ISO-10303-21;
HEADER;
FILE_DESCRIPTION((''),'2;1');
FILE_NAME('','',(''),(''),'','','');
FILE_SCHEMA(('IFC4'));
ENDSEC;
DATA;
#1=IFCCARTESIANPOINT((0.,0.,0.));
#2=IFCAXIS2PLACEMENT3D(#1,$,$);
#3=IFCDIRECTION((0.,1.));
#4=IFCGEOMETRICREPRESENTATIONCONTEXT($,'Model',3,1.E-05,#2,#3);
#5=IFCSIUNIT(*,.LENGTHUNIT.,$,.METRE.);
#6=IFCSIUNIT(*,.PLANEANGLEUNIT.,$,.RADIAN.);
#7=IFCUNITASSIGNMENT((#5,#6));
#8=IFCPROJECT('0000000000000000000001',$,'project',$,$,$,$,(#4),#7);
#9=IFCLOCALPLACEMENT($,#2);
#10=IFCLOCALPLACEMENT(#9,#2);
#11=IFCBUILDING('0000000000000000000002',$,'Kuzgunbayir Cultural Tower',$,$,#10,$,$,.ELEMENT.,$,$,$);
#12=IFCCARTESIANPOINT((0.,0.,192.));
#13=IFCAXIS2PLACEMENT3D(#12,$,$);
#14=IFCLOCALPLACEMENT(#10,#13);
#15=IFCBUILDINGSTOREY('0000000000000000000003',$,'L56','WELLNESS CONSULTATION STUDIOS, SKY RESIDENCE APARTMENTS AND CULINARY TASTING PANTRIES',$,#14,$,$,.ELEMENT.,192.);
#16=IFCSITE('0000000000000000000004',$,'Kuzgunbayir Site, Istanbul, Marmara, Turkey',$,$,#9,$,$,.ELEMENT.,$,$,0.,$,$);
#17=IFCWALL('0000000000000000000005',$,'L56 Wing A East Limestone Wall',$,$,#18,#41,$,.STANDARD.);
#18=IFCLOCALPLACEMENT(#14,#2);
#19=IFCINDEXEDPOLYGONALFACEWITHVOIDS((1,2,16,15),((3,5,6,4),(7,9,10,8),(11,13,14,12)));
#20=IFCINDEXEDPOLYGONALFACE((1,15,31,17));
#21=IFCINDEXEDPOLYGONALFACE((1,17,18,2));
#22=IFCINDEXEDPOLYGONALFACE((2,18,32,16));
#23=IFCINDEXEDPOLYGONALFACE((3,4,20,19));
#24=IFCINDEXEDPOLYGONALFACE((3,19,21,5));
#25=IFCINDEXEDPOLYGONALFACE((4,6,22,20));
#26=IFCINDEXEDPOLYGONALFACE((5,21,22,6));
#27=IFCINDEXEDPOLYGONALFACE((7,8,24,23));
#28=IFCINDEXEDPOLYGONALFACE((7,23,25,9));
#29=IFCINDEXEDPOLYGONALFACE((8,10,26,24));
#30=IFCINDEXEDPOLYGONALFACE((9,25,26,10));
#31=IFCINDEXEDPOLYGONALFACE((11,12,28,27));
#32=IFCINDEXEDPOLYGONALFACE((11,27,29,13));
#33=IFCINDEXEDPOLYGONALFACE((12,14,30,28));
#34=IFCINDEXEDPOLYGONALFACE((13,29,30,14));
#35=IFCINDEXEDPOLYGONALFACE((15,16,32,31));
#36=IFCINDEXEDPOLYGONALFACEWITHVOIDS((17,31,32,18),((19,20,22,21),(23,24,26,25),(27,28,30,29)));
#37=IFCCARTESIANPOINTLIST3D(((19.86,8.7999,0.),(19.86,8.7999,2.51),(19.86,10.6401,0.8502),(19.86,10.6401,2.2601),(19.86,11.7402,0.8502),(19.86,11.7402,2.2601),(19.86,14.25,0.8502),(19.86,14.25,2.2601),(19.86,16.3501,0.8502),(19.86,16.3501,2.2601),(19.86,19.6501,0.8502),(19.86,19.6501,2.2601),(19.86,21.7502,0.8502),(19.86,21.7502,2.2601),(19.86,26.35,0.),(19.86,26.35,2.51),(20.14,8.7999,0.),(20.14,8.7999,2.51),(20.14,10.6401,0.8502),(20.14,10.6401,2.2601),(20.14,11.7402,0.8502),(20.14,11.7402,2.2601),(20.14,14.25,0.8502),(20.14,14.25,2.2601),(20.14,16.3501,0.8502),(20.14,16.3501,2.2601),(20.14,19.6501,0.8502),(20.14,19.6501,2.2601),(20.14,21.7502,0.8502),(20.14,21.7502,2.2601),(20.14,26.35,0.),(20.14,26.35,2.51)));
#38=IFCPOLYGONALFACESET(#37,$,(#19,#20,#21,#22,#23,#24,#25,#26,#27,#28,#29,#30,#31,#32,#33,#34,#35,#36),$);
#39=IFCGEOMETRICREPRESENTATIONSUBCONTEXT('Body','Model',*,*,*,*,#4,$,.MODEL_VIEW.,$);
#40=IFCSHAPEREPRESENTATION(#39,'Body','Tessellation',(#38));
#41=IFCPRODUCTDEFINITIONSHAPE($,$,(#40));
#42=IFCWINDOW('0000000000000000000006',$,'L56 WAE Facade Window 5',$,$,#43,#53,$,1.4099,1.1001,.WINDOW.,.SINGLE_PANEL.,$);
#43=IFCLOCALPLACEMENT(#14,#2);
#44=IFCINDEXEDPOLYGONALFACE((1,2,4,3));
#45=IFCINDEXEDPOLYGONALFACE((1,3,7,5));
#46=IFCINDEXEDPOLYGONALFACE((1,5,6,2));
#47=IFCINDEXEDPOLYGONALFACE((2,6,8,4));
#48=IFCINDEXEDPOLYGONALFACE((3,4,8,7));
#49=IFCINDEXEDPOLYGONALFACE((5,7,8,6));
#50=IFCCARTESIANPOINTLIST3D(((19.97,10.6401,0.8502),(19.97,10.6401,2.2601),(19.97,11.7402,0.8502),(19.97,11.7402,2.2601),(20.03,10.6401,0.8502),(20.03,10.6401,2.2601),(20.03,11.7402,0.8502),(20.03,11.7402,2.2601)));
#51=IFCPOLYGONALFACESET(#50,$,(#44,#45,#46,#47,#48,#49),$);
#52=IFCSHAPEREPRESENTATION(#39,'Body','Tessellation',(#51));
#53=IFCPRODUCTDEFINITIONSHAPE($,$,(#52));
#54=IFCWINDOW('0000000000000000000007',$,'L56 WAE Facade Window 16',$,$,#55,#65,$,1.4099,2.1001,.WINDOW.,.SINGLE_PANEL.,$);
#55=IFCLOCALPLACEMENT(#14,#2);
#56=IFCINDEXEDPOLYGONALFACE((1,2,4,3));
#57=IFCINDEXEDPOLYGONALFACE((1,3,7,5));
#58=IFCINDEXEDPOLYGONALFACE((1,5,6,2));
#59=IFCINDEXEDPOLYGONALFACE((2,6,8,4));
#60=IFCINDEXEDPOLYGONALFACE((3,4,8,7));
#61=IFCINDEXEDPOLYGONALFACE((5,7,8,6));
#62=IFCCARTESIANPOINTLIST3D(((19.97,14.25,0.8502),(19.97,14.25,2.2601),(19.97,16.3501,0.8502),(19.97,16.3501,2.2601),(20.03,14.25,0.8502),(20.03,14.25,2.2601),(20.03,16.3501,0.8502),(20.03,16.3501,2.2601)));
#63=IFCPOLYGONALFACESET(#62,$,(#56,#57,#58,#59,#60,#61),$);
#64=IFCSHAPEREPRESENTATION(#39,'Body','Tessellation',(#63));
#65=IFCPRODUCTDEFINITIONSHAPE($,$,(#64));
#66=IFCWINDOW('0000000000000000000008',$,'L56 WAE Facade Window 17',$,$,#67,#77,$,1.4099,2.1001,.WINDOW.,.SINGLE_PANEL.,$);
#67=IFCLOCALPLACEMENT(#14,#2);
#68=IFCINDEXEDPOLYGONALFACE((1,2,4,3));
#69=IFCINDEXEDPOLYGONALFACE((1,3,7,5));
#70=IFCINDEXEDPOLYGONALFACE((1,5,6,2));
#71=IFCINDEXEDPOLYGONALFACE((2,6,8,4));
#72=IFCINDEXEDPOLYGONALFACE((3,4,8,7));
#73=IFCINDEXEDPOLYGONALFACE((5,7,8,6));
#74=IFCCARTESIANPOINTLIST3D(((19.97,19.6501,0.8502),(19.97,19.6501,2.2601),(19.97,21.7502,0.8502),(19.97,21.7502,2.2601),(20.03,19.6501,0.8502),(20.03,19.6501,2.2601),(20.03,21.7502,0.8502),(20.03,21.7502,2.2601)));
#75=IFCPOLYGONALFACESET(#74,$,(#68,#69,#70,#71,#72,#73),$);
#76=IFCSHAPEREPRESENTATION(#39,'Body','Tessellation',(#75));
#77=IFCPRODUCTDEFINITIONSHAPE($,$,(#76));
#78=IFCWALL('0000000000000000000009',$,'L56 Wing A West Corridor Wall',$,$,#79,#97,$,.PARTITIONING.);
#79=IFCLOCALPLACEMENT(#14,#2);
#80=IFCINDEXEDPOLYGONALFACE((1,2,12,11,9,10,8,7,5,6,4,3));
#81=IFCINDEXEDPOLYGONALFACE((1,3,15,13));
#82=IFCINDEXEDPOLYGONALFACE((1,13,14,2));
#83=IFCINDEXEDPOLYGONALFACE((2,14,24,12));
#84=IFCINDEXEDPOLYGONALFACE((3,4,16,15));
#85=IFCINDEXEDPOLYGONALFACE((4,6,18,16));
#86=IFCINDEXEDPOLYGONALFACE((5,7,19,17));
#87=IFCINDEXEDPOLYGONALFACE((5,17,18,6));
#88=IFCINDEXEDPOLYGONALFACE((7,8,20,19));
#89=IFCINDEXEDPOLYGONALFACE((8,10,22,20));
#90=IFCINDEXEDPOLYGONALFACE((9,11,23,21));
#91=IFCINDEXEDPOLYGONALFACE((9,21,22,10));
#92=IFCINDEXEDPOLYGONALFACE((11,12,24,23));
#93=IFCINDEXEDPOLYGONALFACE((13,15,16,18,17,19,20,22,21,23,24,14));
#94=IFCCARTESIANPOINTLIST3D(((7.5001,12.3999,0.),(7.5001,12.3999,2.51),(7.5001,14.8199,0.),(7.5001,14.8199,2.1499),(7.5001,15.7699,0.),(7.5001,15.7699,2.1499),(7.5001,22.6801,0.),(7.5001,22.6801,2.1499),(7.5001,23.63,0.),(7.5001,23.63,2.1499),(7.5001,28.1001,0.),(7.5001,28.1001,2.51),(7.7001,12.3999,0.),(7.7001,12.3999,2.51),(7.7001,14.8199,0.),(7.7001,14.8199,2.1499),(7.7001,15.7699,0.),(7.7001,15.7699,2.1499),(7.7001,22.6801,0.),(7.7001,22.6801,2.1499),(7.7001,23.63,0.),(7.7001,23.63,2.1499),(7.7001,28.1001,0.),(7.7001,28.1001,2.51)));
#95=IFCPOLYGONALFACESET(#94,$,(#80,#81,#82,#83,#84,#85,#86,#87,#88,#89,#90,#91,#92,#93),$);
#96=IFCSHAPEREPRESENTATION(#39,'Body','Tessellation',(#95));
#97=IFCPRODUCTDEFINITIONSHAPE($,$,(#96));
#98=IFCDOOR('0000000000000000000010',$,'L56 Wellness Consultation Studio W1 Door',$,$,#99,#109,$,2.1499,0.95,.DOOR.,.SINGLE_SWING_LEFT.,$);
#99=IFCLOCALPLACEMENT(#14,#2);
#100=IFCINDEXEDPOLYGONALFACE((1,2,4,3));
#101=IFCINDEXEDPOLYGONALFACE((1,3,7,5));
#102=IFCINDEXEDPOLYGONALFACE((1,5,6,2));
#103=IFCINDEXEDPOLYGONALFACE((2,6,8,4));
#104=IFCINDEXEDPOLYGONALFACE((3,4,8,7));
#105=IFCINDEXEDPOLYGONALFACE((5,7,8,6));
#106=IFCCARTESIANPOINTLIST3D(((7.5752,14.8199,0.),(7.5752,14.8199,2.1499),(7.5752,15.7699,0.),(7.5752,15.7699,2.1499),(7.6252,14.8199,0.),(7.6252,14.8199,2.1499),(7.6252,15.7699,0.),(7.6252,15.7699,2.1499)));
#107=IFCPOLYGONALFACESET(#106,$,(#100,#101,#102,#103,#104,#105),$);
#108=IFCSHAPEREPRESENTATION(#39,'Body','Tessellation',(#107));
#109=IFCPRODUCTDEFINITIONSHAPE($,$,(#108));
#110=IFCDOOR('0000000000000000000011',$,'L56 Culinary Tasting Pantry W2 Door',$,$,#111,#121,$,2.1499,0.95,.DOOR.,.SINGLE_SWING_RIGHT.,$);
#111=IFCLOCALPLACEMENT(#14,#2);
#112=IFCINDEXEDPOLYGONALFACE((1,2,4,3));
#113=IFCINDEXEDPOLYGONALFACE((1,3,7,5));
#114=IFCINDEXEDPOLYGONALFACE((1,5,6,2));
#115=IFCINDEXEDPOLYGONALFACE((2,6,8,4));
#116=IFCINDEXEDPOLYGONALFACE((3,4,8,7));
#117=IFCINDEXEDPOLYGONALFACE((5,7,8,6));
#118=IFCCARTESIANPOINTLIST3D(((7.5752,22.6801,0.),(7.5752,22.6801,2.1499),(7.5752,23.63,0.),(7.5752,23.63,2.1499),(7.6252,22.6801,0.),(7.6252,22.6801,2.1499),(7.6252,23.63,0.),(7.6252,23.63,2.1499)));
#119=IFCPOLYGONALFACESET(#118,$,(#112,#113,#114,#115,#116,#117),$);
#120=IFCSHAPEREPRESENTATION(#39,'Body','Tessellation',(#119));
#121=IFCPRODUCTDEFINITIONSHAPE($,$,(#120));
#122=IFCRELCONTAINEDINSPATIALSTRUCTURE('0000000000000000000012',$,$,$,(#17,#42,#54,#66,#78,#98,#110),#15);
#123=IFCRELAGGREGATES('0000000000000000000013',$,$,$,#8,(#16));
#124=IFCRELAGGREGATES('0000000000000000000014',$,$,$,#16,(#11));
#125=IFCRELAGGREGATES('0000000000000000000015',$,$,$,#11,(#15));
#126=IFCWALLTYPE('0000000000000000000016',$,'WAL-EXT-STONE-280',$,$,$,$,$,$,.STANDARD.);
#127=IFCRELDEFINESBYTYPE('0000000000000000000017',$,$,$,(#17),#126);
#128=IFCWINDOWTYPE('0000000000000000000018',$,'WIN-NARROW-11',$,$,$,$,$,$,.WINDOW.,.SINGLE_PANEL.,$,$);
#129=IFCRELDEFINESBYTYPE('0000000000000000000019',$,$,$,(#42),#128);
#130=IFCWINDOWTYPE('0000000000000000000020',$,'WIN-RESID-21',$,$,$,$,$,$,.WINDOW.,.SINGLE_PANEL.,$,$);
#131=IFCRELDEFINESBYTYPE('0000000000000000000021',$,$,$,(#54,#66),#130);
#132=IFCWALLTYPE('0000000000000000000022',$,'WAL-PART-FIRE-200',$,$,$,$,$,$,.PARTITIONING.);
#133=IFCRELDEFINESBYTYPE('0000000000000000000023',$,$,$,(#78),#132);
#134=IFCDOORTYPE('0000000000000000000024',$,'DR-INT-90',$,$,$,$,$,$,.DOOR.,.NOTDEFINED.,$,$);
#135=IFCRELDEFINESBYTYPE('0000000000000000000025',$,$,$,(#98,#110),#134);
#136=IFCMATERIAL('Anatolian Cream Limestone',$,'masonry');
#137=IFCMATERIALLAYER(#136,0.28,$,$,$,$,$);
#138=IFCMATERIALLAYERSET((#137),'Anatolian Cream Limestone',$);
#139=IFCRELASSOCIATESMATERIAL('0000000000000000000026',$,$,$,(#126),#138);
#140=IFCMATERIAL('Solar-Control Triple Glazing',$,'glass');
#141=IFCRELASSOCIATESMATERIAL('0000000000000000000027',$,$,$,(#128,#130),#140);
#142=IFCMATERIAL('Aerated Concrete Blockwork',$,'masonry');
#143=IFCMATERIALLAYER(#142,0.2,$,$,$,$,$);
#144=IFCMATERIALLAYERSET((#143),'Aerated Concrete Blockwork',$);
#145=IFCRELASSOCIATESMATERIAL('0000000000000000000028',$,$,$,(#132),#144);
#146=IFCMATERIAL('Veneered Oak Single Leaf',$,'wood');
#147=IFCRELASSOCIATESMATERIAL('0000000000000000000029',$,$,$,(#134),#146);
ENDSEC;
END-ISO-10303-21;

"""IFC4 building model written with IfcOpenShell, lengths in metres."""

from ifc_helpers import new_model, si_unit, direction, frame, frame_2d, origin, place, context, subcontext, project, spatial, rectangle, extrude, material, layer, layer_set, type_object, element, fill, save


model = new_model("IFC4")

# Units and contexts
model_context = context("Model", 3, precision=1e-05, world=origin(), true_north=direction((0.0, 1.0)))
body_context = subcontext(model_context, "Body", "Model", "MODEL_VIEW")
ifc_project = project(units=[si_unit("LENGTHUNIT", "METRE"), si_unit("PLANEANGLEUNIT", "RADIAN")], contexts=[model_context])

# Site, building, storey
site_placement = place(None, origin())
site = spatial("IfcSite", under=ifc_project, at=site_placement, Name="Kuzgunbayir Site, Istanbul, Marmara, Turkey", CompositionType="ELEMENT", RefElevation=0.0)
building_placement = place(site_placement, origin())
building = spatial("IfcBuilding", under=site, at=building_placement, Name="Kuzgunbayir Cultural Tower", CompositionType="ELEMENT")
storey_placement = place(building_placement, frame((0.0, 0.0, 192.0)))
storey = spatial("IfcBuildingStorey", under=building, at=storey_placement, Name="L56", Description="WELLNESS CONSULTATION STUDIOS, SKY RESIDENCE APARTMENTS AND CULINARY TASTING PANTRIES", CompositionType="ELEMENT", Elevation=192.0)

# Wall, openings, windows
ifc_material_1 = material(Name="Anatolian Cream Limestone", Category="masonry")
ifc_layer_1 = layer(ifc_material_1, 0.28)
ifc_layer_set_1 = layer_set([ifc_layer_1], Name="Anatolian Cream Limestone")
wall_type_1 = type_object("IfcWallType", Name="WAL-EXT-STONE-280", PredefinedType="STANDARD", material=ifc_layer_set_1)
wall_1_placement = place(storey_placement, frame((20.0, 8.8, 0.0), z_axis=(0.0, 0.0, 1.0), x_axis=(0.0, 1.0, 0.0)))
wall_1 = element("IfcWall", 1, at=wall_1_placement, inside=storey, type_object=wall_type_1, Name="L56 Wing A East Limestone Wall", PredefinedType="STANDARD", context=body_context, shape_type="SweptSolid", body=[
    extrude(rectangle(XDim=17.55, YDim=0.28, at=frame_2d((8.7749, 0.0))), origin(), (0.0, 0.0, 1.0), 2.51),
])
opening_1_placement = place(wall_1_placement, frame((1.8401, 0.0, 0.8501)))
opening_1 = element("IfcOpeningElement", 2, at=opening_1_placement, cuts=wall_1, PredefinedType="OPENING", context=body_context, shape_type="SweptSolid", body=[
    extrude(rectangle(XDim=1.1001, YDim=1.4099, at=frame_2d((0.55, 0.7051))), frame((0.0, 0.1499, 0.0), z_axis=(0.0, -1.0, 0.0), x_axis=(1.0, 0.0, 0.0)), (0.0, 0.0, 1.0), 0.3),
])
opening_2_placement = place(wall_1_placement, frame((5.45, 0.0, 0.8501)))
opening_2 = element("IfcOpeningElement", 3, at=opening_2_placement, cuts=wall_1, PredefinedType="OPENING", context=body_context, shape_type="SweptSolid", body=[
    extrude(rectangle(XDim=2.1001, YDim=1.4099, at=frame_2d((1.05, 0.7051))), frame((0.0, 0.1499, 0.0), z_axis=(0.0, -1.0, 0.0), x_axis=(1.0, 0.0, 0.0)), (0.0, 0.0, 1.0), 0.3),
])
opening_3_placement = place(wall_1_placement, frame((10.8501, 0.0, 0.8501)))
opening_3 = element("IfcOpeningElement", 4, at=opening_3_placement, cuts=wall_1, PredefinedType="OPENING", context=body_context, shape_type="SweptSolid", body=[
    extrude(rectangle(XDim=2.1001, YDim=1.4099, at=frame_2d((1.05, 0.7051))), frame((0.0, 0.1499, 0.0), z_axis=(0.0, -1.0, 0.0), x_axis=(1.0, 0.0, 0.0)), (0.0, 0.0, 1.0), 0.3),
])
ifc_material_2 = material(Name="Solar-Control Triple Glazing", Category="glass")
window_type_1 = type_object("IfcWindowType", Name="WIN-NARROW-11", PartitioningType="SINGLE_PANEL", PredefinedType="WINDOW", material=ifc_material_2)
window_1_placement = place(opening_1_placement, origin())
window_1 = element("IfcWindow", 5, at=window_1_placement, inside=storey, type_object=window_type_1, Name="L56 WAE Facade Window 5", OverallHeight=1.4099, OverallWidth=1.1001, PartitioningType="SINGLE_PANEL", PredefinedType="WINDOW", context=body_context, shape_type="SweptSolid", body=[
    extrude(rectangle(XDim=1.1001, YDim=1.4099, at=frame_2d((0.55, 0.7051))), frame((0.0, 0.03, 0.0), z_axis=(0.0, -1.0, 0.0), x_axis=(1.0, 0.0, 0.0)), (0.0, 0.0, 1.0), 0.0601),
])
fill(opening_1, window_1)
window_type_2 = type_object("IfcWindowType", Name="WIN-RESID-21", PartitioningType="SINGLE_PANEL", PredefinedType="WINDOW", material=ifc_material_2)
window_2_placement = place(opening_2_placement, origin())
window_2 = element("IfcWindow", 6, at=window_2_placement, inside=storey, type_object=window_type_2, Name="L56 WAE Facade Window 16", OverallHeight=1.4099, OverallWidth=2.1001, PartitioningType="SINGLE_PANEL", PredefinedType="WINDOW", context=body_context, shape_type="SweptSolid", body=[
    extrude(rectangle(XDim=2.1001, YDim=1.4099, at=frame_2d((1.05, 0.7051))), frame((0.0, 0.03, 0.0), z_axis=(0.0, -1.0, 0.0), x_axis=(1.0, 0.0, 0.0)), (0.0, 0.0, 1.0), 0.0601),
])
fill(opening_2, window_2)
window_3_placement = place(opening_3_placement, origin())
window_3 = element("IfcWindow", 7, at=window_3_placement, inside=storey, type_object=window_type_2, Name="L56 WAE Facade Window 17", OverallHeight=1.4099, OverallWidth=2.1001, PartitioningType="SINGLE_PANEL", PredefinedType="WINDOW", context=body_context, shape_type="SweptSolid", body=[
    extrude(rectangle(XDim=2.1001, YDim=1.4099, at=frame_2d((1.05, 0.7051))), frame((0.0, 0.03, 0.0), z_axis=(0.0, -1.0, 0.0), x_axis=(1.0, 0.0, 0.0)), (0.0, 0.0, 1.0), 0.0601),
])
fill(opening_3, window_3)

# Wall, openings, doors
ifc_material_3 = material(Name="Aerated Concrete Blockwork", Category="masonry")
ifc_layer_2 = layer(ifc_material_3, 0.2)
ifc_layer_set_2 = layer_set([ifc_layer_2], Name="Aerated Concrete Blockwork")
wall_type_2 = type_object("IfcWallType", Name="WAL-PART-FIRE-200", PredefinedType="PARTITIONING", material=ifc_layer_set_2)
wall_2_placement = place(storey_placement, frame((7.6001, 12.3999, 0.0), z_axis=(0.0, 0.0, 1.0), x_axis=(0.0, 1.0, 0.0)))
wall_2 = element("IfcWall", 8, at=wall_2_placement, inside=storey, type_object=wall_type_2, Name="L56 Wing A West Corridor Wall", PredefinedType="PARTITIONING", context=body_context, shape_type="SweptSolid", body=[
    extrude(rectangle(XDim=15.7002, YDim=0.2, at=frame_2d((7.8501, 0.0))), origin(), (0.0, 0.0, 1.0), 2.51),
])
opening_4_placement = place(wall_2_placement, frame((2.4199, 0.0, 0.0)))
opening_4 = element("IfcOpeningElement", 9, at=opening_4_placement, cuts=wall_2, PredefinedType="OPENING", context=body_context, shape_type="SweptSolid", body=[
    extrude(rectangle(XDim=0.95, YDim=2.1499, at=frame_2d((0.4751, 1.075))), frame((0.0, 0.1099, 0.0), z_axis=(0.0, -1.0, 0.0), x_axis=(1.0, 0.0, 0.0)), (0.0, 0.0, 1.0), 0.22),
])
opening_5_placement = place(wall_2_placement, frame((10.28, 0.0, 0.0)))
opening_5 = element("IfcOpeningElement", 10, at=opening_5_placement, cuts=wall_2, PredefinedType="OPENING", context=body_context, shape_type="SweptSolid", body=[
    extrude(rectangle(XDim=0.95, YDim=2.1499, at=frame_2d((0.4751, 1.075))), frame((0.0, 0.1099, 0.0), z_axis=(0.0, -1.0, 0.0), x_axis=(1.0, 0.0, 0.0)), (0.0, 0.0, 1.0), 0.22),
])
ifc_material_4 = material(Name="Veneered Oak Single Leaf", Category="wood")
door_type_1 = type_object("IfcDoorType", Name="DR-INT-90", OperationType="NOTDEFINED", PredefinedType="DOOR", material=ifc_material_4)
door_1_placement = place(opening_4_placement, origin())
door_1 = element("IfcDoor", 11, at=door_1_placement, inside=storey, type_object=door_type_1, Name="L56 Wellness Consultation Studio W1 Door", OperationType="SINGLE_SWING_LEFT", OverallHeight=2.1499, OverallWidth=0.95, PredefinedType="DOOR", context=body_context, shape_type="SweptSolid", body=[
    extrude(rectangle(XDim=0.95, YDim=2.1499, at=frame_2d((0.4751, 1.075))), frame((0.0, 0.0249, 0.0), z_axis=(0.0, -1.0, 0.0), x_axis=(1.0, 0.0, 0.0)), (0.0, 0.0, 1.0), 0.05),
])
fill(opening_4, door_1)
door_2_placement = place(opening_5_placement, origin())
door_2 = element("IfcDoor", 12, at=door_2_placement, inside=storey, type_object=door_type_1, Name="L56 Culinary Tasting Pantry W2 Door", OperationType="SINGLE_SWING_RIGHT", OverallHeight=2.1499, OverallWidth=0.95, PredefinedType="DOOR", context=body_context, shape_type="SweptSolid", body=[
    extrude(rectangle(XDim=0.95, YDim=2.1499, at=frame_2d((0.4751, 1.075))), frame((0.0, 0.0249, 0.0), z_axis=(0.0, -1.0, 0.0), x_axis=(1.0, 0.0, 0.0)), (0.0, 0.0, 1.0), 0.05),
])
fill(opening_5, door_2)

save(model, "model.ifc")
